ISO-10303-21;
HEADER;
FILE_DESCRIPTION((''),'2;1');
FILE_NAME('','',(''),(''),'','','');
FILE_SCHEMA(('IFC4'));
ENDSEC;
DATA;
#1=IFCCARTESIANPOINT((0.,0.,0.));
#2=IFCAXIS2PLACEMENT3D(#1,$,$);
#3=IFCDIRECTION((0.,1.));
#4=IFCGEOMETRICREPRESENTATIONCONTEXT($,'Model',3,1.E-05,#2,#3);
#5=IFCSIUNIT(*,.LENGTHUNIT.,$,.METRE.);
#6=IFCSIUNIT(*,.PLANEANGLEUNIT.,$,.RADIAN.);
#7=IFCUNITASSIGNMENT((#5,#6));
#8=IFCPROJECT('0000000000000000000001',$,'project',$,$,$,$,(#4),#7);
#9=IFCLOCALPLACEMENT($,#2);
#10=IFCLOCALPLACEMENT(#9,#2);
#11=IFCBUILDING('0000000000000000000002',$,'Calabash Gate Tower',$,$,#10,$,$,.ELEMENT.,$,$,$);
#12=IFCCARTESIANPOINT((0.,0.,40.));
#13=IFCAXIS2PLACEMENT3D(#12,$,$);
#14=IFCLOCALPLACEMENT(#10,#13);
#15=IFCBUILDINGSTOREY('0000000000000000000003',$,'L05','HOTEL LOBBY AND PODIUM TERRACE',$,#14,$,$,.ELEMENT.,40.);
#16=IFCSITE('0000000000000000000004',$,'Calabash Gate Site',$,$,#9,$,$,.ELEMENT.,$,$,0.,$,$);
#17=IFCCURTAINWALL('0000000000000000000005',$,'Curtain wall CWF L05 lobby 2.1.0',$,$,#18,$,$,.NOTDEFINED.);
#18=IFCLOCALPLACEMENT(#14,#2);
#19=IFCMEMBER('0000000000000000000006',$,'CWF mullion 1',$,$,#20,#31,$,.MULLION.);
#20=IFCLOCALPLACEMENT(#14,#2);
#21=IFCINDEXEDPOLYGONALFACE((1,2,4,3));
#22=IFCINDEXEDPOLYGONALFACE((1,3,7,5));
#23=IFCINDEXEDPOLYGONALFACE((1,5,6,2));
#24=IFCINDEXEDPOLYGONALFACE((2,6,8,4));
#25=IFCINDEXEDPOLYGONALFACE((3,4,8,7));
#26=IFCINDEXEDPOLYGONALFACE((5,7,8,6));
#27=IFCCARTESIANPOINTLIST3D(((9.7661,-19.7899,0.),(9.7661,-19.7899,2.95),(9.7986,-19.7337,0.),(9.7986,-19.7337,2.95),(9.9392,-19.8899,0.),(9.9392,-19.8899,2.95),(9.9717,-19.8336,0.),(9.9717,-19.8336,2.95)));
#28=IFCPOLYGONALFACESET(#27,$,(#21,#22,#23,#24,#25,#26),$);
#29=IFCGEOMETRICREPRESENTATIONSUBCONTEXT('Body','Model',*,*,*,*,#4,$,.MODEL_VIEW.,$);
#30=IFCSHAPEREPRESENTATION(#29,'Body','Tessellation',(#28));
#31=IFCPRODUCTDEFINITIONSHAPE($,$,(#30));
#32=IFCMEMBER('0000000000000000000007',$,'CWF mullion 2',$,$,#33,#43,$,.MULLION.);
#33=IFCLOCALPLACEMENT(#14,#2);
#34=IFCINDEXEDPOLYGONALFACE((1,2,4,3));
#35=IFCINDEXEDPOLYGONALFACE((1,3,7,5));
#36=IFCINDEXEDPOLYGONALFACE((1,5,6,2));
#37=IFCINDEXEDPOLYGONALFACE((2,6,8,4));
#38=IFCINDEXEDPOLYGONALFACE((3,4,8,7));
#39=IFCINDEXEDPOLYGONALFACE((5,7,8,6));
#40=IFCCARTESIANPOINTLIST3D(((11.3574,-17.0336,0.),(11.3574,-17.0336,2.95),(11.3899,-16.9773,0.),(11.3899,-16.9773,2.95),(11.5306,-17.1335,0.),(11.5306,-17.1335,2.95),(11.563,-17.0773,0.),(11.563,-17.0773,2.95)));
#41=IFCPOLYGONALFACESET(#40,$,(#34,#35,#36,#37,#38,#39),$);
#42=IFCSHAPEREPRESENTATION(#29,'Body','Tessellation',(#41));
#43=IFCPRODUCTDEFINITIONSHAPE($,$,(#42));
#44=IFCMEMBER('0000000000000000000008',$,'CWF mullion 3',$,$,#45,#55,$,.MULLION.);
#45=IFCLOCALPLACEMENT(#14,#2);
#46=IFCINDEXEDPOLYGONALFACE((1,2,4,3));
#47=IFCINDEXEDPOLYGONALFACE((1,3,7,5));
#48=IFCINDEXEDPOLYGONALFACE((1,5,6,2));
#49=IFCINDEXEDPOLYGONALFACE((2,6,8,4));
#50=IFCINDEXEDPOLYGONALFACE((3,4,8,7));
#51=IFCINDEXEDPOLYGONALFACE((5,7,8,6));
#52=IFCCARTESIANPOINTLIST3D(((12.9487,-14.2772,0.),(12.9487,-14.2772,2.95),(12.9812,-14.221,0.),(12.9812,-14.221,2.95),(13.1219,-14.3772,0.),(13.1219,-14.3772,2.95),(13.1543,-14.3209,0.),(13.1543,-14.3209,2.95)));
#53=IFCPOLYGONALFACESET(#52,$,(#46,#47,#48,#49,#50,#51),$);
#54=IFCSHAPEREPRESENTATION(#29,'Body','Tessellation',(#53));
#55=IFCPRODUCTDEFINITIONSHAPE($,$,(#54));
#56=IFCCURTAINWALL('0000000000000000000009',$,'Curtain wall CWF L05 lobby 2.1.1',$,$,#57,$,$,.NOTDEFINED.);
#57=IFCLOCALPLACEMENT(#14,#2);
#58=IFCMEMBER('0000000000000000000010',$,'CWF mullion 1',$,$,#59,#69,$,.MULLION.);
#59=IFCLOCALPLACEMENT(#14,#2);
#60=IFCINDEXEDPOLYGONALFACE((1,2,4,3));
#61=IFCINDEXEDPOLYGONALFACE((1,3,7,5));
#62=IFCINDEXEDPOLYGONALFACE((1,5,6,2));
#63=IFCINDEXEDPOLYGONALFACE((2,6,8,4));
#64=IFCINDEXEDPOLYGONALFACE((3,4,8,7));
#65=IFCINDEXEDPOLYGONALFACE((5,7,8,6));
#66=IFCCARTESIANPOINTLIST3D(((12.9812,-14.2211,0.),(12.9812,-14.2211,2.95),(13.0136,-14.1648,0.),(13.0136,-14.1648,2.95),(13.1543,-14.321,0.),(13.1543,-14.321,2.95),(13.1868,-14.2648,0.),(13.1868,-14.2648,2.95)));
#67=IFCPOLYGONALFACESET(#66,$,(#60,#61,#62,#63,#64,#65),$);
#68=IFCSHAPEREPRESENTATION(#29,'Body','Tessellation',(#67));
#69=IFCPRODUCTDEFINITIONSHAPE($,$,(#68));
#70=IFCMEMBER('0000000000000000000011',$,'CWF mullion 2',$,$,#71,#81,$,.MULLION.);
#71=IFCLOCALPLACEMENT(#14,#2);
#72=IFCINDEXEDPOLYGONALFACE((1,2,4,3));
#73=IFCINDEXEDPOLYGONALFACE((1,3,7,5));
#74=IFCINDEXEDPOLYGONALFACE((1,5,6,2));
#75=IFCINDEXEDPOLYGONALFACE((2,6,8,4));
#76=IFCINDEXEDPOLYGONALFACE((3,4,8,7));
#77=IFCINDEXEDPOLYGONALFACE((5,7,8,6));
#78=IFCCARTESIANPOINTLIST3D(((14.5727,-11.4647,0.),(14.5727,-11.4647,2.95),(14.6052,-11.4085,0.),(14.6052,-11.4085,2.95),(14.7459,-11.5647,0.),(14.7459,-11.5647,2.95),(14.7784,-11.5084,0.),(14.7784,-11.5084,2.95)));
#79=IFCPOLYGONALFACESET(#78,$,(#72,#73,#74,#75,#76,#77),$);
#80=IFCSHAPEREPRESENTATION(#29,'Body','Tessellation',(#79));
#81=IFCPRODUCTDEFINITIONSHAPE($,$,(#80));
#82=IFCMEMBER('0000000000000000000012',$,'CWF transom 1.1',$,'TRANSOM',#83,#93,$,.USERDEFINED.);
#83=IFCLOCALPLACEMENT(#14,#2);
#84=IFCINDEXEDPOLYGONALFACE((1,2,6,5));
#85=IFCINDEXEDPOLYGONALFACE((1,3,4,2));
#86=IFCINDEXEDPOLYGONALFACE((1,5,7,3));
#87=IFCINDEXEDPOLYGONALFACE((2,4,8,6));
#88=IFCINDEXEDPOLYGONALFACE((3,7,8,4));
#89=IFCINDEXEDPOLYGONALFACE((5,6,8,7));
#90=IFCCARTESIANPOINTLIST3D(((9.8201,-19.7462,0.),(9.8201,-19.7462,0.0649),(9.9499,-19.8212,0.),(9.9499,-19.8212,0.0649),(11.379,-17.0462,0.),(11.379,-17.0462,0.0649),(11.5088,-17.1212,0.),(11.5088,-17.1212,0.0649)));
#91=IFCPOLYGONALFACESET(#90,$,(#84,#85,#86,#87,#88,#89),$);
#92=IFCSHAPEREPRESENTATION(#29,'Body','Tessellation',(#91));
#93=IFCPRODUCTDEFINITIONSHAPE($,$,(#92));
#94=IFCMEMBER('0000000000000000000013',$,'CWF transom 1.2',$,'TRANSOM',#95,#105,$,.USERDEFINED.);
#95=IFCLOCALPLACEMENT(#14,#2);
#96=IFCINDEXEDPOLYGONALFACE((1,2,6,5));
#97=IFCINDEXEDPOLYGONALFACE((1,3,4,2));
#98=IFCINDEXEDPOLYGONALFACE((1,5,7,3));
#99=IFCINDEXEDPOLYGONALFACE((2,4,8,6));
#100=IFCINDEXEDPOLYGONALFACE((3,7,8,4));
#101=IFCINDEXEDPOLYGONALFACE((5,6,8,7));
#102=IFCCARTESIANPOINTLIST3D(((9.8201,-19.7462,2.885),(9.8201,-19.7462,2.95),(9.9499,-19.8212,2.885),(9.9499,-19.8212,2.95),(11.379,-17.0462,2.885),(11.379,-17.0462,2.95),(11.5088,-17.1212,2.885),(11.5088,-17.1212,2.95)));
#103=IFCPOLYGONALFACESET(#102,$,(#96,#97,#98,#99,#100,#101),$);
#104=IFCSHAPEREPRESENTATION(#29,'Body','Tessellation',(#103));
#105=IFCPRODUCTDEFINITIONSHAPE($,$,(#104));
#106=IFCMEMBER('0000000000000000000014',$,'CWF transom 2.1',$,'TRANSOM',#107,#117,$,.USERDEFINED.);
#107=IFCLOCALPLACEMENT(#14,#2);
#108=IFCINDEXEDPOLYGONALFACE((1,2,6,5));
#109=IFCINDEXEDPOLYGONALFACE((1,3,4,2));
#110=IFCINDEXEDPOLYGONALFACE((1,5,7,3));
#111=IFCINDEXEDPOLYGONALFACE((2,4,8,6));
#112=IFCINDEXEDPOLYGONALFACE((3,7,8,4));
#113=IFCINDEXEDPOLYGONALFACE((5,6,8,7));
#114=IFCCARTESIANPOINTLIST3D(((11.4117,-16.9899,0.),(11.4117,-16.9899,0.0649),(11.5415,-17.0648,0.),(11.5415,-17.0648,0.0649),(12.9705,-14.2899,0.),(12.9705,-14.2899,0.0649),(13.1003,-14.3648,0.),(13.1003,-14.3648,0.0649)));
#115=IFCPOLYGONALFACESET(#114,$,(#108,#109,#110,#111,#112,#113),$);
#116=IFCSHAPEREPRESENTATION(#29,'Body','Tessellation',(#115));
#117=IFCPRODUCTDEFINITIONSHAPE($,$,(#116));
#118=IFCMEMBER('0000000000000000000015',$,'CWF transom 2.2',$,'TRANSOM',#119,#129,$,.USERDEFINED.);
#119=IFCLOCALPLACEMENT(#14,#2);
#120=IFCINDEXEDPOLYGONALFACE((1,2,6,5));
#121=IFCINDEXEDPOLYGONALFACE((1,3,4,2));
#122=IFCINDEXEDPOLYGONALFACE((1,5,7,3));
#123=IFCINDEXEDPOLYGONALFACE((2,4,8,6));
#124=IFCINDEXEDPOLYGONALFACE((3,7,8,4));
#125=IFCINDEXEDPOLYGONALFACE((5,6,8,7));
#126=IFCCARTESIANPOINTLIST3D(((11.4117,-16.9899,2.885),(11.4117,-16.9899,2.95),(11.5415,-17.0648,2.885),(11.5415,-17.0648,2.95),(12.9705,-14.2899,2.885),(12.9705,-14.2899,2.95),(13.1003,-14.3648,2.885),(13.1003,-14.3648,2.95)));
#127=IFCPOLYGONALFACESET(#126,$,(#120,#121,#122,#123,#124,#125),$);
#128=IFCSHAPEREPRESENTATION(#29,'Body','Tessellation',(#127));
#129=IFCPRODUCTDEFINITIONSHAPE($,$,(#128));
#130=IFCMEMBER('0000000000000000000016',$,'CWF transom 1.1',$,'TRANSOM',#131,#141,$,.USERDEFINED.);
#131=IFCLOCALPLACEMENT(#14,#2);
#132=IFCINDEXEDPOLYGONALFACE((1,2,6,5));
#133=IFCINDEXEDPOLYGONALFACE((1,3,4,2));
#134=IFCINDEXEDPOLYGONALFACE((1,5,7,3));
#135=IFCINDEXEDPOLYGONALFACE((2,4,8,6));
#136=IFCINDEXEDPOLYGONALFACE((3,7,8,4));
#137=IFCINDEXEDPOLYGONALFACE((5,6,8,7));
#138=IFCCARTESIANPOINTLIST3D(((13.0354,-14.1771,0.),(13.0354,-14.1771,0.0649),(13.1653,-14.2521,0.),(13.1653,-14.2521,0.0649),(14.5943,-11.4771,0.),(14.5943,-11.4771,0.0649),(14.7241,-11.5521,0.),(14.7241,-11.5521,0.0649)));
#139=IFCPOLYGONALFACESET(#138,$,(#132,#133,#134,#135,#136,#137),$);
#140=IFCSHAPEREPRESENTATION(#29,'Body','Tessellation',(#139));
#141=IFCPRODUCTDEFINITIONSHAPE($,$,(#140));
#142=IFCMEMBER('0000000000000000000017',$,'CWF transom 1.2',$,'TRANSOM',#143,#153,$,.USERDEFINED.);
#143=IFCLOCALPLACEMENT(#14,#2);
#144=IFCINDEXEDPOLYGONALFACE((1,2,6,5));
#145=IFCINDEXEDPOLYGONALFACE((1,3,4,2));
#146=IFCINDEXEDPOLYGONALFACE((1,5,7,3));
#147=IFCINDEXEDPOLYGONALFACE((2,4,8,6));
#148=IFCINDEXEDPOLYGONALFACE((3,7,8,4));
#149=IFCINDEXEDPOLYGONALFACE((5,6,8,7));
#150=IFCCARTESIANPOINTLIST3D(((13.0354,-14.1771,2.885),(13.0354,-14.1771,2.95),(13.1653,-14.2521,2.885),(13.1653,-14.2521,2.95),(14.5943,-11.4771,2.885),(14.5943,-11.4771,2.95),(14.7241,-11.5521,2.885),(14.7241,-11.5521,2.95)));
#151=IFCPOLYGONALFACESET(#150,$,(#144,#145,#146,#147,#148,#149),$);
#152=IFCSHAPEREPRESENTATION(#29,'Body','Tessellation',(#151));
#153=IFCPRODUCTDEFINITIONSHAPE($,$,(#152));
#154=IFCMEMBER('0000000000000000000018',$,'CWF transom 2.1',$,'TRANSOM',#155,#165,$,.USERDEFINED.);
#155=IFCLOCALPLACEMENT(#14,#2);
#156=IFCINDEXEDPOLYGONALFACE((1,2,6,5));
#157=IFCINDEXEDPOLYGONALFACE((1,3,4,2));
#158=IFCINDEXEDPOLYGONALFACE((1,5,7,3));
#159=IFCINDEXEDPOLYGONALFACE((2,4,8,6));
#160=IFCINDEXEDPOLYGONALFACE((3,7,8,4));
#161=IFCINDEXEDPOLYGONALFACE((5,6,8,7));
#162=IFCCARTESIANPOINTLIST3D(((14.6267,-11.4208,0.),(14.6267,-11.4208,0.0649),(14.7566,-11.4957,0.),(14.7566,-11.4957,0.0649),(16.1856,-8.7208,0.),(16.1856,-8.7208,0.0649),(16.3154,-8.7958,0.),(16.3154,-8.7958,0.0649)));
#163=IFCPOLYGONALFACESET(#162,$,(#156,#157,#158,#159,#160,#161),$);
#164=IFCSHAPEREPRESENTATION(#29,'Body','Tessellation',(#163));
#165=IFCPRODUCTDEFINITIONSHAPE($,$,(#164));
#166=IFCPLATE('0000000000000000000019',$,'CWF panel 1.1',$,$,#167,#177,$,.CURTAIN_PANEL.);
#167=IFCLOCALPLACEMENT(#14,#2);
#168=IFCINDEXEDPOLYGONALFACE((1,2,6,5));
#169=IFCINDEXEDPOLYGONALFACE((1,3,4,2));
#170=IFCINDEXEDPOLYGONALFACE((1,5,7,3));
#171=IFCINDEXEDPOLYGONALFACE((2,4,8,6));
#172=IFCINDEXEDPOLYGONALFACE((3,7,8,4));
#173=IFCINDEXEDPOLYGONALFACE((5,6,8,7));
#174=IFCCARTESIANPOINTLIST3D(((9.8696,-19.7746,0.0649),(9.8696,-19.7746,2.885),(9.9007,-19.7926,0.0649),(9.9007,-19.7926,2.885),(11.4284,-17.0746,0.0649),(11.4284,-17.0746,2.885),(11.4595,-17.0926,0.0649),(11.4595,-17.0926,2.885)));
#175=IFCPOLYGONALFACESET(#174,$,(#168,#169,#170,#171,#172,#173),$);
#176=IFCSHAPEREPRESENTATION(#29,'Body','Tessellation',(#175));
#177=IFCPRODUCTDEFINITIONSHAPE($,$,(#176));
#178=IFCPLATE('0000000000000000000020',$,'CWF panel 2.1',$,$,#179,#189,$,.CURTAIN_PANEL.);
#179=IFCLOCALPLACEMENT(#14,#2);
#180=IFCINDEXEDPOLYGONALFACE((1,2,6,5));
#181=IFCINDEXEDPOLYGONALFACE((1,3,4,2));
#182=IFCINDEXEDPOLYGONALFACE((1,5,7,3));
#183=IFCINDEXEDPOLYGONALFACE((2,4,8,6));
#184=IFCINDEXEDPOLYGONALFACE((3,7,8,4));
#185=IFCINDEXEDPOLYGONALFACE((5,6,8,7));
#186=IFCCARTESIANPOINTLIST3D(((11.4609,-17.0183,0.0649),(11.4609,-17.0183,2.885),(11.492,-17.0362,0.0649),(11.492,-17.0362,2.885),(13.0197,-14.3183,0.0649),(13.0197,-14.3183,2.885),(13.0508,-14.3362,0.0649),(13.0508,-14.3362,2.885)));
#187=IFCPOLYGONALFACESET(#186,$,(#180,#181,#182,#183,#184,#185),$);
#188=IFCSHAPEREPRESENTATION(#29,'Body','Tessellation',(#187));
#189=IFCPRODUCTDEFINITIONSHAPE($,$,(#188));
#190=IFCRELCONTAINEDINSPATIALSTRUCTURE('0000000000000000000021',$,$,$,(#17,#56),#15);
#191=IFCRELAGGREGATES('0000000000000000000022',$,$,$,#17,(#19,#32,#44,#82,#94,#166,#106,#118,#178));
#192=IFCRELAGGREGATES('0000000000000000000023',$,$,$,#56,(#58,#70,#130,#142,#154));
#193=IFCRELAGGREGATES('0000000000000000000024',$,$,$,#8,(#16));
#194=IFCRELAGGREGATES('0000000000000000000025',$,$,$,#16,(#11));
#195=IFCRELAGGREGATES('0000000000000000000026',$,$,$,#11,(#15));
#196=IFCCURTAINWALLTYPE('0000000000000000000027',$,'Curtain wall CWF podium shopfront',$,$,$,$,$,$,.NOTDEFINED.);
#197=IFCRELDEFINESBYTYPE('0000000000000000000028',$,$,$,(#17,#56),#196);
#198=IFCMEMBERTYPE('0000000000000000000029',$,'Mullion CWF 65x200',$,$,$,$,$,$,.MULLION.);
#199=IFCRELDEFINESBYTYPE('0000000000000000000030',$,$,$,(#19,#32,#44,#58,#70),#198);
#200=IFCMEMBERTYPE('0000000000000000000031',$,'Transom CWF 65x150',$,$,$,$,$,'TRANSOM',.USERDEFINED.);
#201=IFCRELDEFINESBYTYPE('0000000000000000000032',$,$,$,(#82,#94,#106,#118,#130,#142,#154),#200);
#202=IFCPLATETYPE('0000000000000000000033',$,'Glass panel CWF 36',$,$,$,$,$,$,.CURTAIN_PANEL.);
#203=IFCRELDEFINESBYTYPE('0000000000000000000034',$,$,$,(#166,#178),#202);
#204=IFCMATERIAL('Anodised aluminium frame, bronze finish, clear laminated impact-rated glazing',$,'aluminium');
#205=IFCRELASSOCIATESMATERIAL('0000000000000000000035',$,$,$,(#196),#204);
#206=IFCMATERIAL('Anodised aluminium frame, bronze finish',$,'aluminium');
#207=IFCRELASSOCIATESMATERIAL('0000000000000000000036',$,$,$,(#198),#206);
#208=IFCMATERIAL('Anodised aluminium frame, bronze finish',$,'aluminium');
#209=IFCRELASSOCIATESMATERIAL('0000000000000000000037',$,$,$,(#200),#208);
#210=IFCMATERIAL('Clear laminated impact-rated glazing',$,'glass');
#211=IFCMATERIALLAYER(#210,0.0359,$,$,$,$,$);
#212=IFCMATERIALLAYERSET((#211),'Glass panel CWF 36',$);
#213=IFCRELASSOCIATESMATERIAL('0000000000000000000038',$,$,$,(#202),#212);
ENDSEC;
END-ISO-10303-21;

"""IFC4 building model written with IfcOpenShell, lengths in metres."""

from ifc_helpers import new_model, si_unit, direction, frame, origin, origin_2d, place, context, subcontext, project, spatial, rectangle, extrude, material, layer, layer_set, material_profile, profile_set, type_object, element, aggregate, save


model = new_model("IFC4")

# Units and contexts
model_context = context("Model", 3, precision=1e-05, world=origin(), true_north=direction((0.0, 1.0)))
body_context = subcontext(model_context, "Body", "Model", "MODEL_VIEW")
ifc_project = project(units=[si_unit("LENGTHUNIT", "METRE"), si_unit("PLANEANGLEUNIT", "RADIAN")], contexts=[model_context])

# Site, building, storey
site_placement = place(None, origin())
site = spatial("IfcSite", under=ifc_project, at=site_placement, Name="Calabash Gate Site", CompositionType="ELEMENT", RefElevation=0.0)
building_placement = place(site_placement, origin())
building = spatial("IfcBuilding", under=site, at=building_placement, Name="Calabash Gate Tower", CompositionType="ELEMENT")
storey_placement = place(building_placement, frame((0.0, 0.0, 40.0)))
storey = spatial("IfcBuildingStorey", under=building, at=storey_placement, Name="L05", Description="HOTEL LOBBY AND PODIUM TERRACE", CompositionType="ELEMENT", Elevation=40.0)

# Curtain walls, members
ifc_material_1 = material(Name="Anodised aluminium frame, bronze finish, clear laminated impact-rated glazing", Category="aluminium")
curtain_wall_type = type_object("IfcCurtainWallType", Name="Curtain wall CWF podium shopfront", PredefinedType="NOTDEFINED", material=ifc_material_1)
curtain_wall_1_placement = place(storey_placement, origin())
curtain_wall_1 = element("IfcCurtainWall", 1, at=curtain_wall_1_placement, inside=storey, type_object=curtain_wall_type, Name="Curtain wall CWF L05 lobby 2.1.0", PredefinedType="NOTDEFINED")
ifc_material_2 = material(Name="Anodised aluminium frame, bronze finish", Category="aluminium")
ifc_material_profile_1 = material_profile(ifc_material_2, rectangle(XDim=0.2, YDim=0.0649, at=origin_2d()))
ifc_profile_set_1 = profile_set([ifc_material_profile_1], Name="Anodised aluminium frame, bronze finish")
member_type_1 = type_object("IfcMemberType", Name="Mullion CWF 65x200", PredefinedType="MULLION", material=ifc_profile_set_1)
member_1_placement = place(storey_placement, frame((9.8689, -19.8118, 0.0), z_axis=(0.0, 0.0, 1.0), x_axis=(-0.866025, 0.5, 0.0)))
member_1 = element("IfcMember", 2, at=member_1_placement, type_object=member_type_1, Name="CWF mullion 1", PredefinedType="MULLION", context=body_context, shape_type="SweptSolid", body=[
    extrude(rectangle(XDim=0.2, YDim=0.0649, at=origin_2d()), origin(), (0.0, 0.0, 1.0), 2.95),
])
member_2_placement = place(storey_placement, frame((11.4602, -17.0554, 0.0), z_axis=(0.0, 0.0, 1.0), x_axis=(-0.866025, 0.5, 0.0)))
member_2 = element("IfcMember", 3, at=member_2_placement, type_object=member_type_1, Name="CWF mullion 2", PredefinedType="MULLION", context=body_context, shape_type="SweptSolid", body=[
    extrude(rectangle(XDim=0.2, YDim=0.0649, at=origin_2d()), origin(), (0.0, 0.0, 1.0), 2.95),
])
member_3_placement = place(storey_placement, frame((13.0515, -14.2991, 0.0), z_axis=(0.0, 0.0, 1.0), x_axis=(-0.866025, 0.5, 0.0)))
member_3 = element("IfcMember", 4, at=member_3_placement, type_object=member_type_1, Name="CWF mullion 3", PredefinedType="MULLION", context=body_context, shape_type="SweptSolid", body=[
    extrude(rectangle(XDim=0.2, YDim=0.0649, at=origin_2d()), origin(), (0.0, 0.0, 1.0), 2.95),
])
curtain_wall_2_placement = place(storey_placement, origin())
curtain_wall_2 = element("IfcCurtainWall", 5, at=curtain_wall_2_placement, inside=storey, type_object=curtain_wall_type, Name="Curtain wall CWF L05 lobby 2.1.1", PredefinedType="NOTDEFINED")
member_4_placement = place(storey_placement, frame((13.084, -14.2429, 0.0), z_axis=(0.0, 0.0, 1.0), x_axis=(-0.866025, 0.5, 0.0)))
member_4 = element("IfcMember", 6, at=member_4_placement, type_object=member_type_1, Name="CWF mullion 1", PredefinedType="MULLION", context=body_context, shape_type="SweptSolid", body=[
    extrude(rectangle(XDim=0.2, YDim=0.0649, at=origin_2d()), origin(), (0.0, 0.0, 1.0), 2.95),
])
member_5_placement = place(storey_placement, frame((14.6755, -11.4866, 0.0), z_axis=(0.0, 0.0, 1.0), x_axis=(-0.866025, 0.5, 0.0)))
member_5 = element("IfcMember", 7, at=member_5_placement, type_object=member_type_1, Name="CWF mullion 2", PredefinedType="MULLION", context=body_context, shape_type="SweptSolid", body=[
    extrude(rectangle(XDim=0.2, YDim=0.0649, at=origin_2d()), origin(), (0.0, 0.0, 1.0), 2.95),
])

# Members
ifc_material_3 = material(Name="Anodised aluminium frame, bronze finish", Category="aluminium")
ifc_material_profile_2 = material_profile(ifc_material_3, rectangle(XDim=0.1499, YDim=0.0649, at=origin_2d()))
ifc_profile_set_2 = profile_set([ifc_material_profile_2], Name="Anodised aluminium frame, bronze finish")
member_type_2 = type_object("IfcMemberType", Name="Transom CWF 65x150", ElementType="TRANSOM", PredefinedType="USERDEFINED", material=ifc_profile_set_2)
member_6_placement = place(storey_placement, frame((9.885, -19.7837, 0.0325), z_axis=(0.500005, 0.866023, 0.0), x_axis=(-0.866023, 0.500005, 0.0)))
member_6 = element("IfcMember", 8, at=member_6_placement, type_object=member_type_2, Name="CWF transom 1.1", ObjectType="TRANSOM", PredefinedType="USERDEFINED", context=body_context, shape_type="SweptSolid", body=[
    extrude(rectangle(XDim=0.1499, YDim=0.0649, at=origin_2d()), origin(), (0.0, 0.0, 1.0), 3.1177),
])
member_7_placement = place(storey_placement, frame((9.885, -19.7837, 2.9175), z_axis=(0.500005, 0.866023, 0.0), x_axis=(-0.866023, 0.500005, 0.0)))
member_7 = element("IfcMember", 9, at=member_7_placement, type_object=member_type_2, Name="CWF transom 1.2", ObjectType="TRANSOM", PredefinedType="USERDEFINED", context=body_context, shape_type="SweptSolid", body=[
    extrude(rectangle(XDim=0.1499, YDim=0.0649, at=origin_2d()), origin(), (0.0, 0.0, 1.0), 3.1177),
])
member_8_placement = place(storey_placement, frame((11.4766, -17.0273, 0.0325), z_axis=(0.500005, 0.866023, 0.0), x_axis=(-0.866023, 0.500005, 0.0)))
member_8 = element("IfcMember", 10, at=member_8_placement, type_object=member_type_2, Name="CWF transom 2.1", ObjectType="TRANSOM", PredefinedType="USERDEFINED", context=body_context, shape_type="SweptSolid", body=[
    extrude(rectangle(XDim=0.1499, YDim=0.0649, at=origin_2d()), origin(), (0.0, 0.0, 1.0), 3.1177),
])
member_9_placement = place(storey_placement, frame((11.4766, -17.0273, 2.9175), z_axis=(0.500005, 0.866023, 0.0), x_axis=(-0.866023, 0.500005, 0.0)))
member_9 = element("IfcMember", 11, at=member_9_placement, type_object=member_type_2, Name="CWF transom 2.2", ObjectType="TRANSOM", PredefinedType="USERDEFINED", context=body_context, shape_type="SweptSolid", body=[
    extrude(rectangle(XDim=0.1499, YDim=0.0649, at=origin_2d()), origin(), (0.0, 0.0, 1.0), 3.1177),
])
member_10_placement = place(storey_placement, frame((13.1003, -14.2146, 0.0325), z_axis=(0.500005, 0.866023, 0.0), x_axis=(-0.866023, 0.500005, 0.0)))
member_10 = element("IfcMember", 12, at=member_10_placement, type_object=member_type_2, Name="CWF transom 1.1", ObjectType="TRANSOM", PredefinedType="USERDEFINED", context=body_context, shape_type="SweptSolid", body=[
    extrude(rectangle(XDim=0.1499, YDim=0.0649, at=origin_2d()), origin(), (0.0, 0.0, 1.0), 3.1177),
])
member_11_placement = place(storey_placement, frame((13.1003, -14.2146, 2.9175), z_axis=(0.500005, 0.866023, 0.0), x_axis=(-0.866023, 0.500005, 0.0)))
member_11 = element("IfcMember", 13, at=member_11_placement, type_object=member_type_2, Name="CWF transom 1.2", ObjectType="TRANSOM", PredefinedType="USERDEFINED", context=body_context, shape_type="SweptSolid", body=[
    extrude(rectangle(XDim=0.1499, YDim=0.0649, at=origin_2d()), origin(), (0.0, 0.0, 1.0), 3.1177),
])
member_12_placement = place(storey_placement, frame((14.6917, -11.4583, 0.0325), z_axis=(0.500005, 0.866023, 0.0), x_axis=(-0.866023, 0.500005, 0.0)))
member_12 = element("IfcMember", 14, at=member_12_placement, type_object=member_type_2, Name="CWF transom 2.1", ObjectType="TRANSOM", PredefinedType="USERDEFINED", context=body_context, shape_type="SweptSolid", body=[
    extrude(rectangle(XDim=0.1499, YDim=0.0649, at=origin_2d()), origin(), (0.0, 0.0, 1.0), 3.1177),
])

# Plates
ifc_material_4 = material(Name="Clear laminated impact-rated glazing", Category="glass")
ifc_layer_1 = layer(ifc_material_4, 0.0359)
ifc_layer_set_1 = layer_set([ifc_layer_1], Name="Glass panel CWF 36")
plate_type = type_object("IfcPlateType", Name="Glass panel CWF 36", PredefinedType="CURTAIN_PANEL", material=ifc_layer_set_1)
plate_1_placement = place(storey_placement, frame((10.6646, -18.4336, 0.0649), z_axis=(0.0, 0.0, 1.0), x_axis=(0.5, 0.866025, 0.0)))
plate_1 = element("IfcPlate", 15, at=plate_1_placement, type_object=plate_type, Name="CWF panel 1.1", PredefinedType="CURTAIN_PANEL", context=body_context, shape_type="SweptSolid", body=[
    extrude(rectangle(XDim=3.1177, YDim=0.0359, at=origin_2d()), origin(), (0.0, 0.0, 1.0), 2.8201),
])
plate_2_placement = place(storey_placement, frame((12.2559, -15.6772, 0.0649), z_axis=(0.0, 0.0, 1.0), x_axis=(0.5, 0.866025, 0.0)))
plate_2 = element("IfcPlate", 16, at=plate_2_placement, type_object=plate_type, Name="CWF panel 2.1", PredefinedType="CURTAIN_PANEL", context=body_context, shape_type="SweptSolid", body=[
    extrude(rectangle(XDim=3.1177, YDim=0.0359, at=origin_2d()), origin(), (0.0, 0.0, 1.0), 2.8201),
])
aggregate(curtain_wall_1, [member_1, member_2, member_3, member_6, member_7, plate_1, member_8, member_9, plate_2])
aggregate(curtain_wall_2, [member_4, member_5, member_10, member_11, member_12])

save(model, "model.ifc")
